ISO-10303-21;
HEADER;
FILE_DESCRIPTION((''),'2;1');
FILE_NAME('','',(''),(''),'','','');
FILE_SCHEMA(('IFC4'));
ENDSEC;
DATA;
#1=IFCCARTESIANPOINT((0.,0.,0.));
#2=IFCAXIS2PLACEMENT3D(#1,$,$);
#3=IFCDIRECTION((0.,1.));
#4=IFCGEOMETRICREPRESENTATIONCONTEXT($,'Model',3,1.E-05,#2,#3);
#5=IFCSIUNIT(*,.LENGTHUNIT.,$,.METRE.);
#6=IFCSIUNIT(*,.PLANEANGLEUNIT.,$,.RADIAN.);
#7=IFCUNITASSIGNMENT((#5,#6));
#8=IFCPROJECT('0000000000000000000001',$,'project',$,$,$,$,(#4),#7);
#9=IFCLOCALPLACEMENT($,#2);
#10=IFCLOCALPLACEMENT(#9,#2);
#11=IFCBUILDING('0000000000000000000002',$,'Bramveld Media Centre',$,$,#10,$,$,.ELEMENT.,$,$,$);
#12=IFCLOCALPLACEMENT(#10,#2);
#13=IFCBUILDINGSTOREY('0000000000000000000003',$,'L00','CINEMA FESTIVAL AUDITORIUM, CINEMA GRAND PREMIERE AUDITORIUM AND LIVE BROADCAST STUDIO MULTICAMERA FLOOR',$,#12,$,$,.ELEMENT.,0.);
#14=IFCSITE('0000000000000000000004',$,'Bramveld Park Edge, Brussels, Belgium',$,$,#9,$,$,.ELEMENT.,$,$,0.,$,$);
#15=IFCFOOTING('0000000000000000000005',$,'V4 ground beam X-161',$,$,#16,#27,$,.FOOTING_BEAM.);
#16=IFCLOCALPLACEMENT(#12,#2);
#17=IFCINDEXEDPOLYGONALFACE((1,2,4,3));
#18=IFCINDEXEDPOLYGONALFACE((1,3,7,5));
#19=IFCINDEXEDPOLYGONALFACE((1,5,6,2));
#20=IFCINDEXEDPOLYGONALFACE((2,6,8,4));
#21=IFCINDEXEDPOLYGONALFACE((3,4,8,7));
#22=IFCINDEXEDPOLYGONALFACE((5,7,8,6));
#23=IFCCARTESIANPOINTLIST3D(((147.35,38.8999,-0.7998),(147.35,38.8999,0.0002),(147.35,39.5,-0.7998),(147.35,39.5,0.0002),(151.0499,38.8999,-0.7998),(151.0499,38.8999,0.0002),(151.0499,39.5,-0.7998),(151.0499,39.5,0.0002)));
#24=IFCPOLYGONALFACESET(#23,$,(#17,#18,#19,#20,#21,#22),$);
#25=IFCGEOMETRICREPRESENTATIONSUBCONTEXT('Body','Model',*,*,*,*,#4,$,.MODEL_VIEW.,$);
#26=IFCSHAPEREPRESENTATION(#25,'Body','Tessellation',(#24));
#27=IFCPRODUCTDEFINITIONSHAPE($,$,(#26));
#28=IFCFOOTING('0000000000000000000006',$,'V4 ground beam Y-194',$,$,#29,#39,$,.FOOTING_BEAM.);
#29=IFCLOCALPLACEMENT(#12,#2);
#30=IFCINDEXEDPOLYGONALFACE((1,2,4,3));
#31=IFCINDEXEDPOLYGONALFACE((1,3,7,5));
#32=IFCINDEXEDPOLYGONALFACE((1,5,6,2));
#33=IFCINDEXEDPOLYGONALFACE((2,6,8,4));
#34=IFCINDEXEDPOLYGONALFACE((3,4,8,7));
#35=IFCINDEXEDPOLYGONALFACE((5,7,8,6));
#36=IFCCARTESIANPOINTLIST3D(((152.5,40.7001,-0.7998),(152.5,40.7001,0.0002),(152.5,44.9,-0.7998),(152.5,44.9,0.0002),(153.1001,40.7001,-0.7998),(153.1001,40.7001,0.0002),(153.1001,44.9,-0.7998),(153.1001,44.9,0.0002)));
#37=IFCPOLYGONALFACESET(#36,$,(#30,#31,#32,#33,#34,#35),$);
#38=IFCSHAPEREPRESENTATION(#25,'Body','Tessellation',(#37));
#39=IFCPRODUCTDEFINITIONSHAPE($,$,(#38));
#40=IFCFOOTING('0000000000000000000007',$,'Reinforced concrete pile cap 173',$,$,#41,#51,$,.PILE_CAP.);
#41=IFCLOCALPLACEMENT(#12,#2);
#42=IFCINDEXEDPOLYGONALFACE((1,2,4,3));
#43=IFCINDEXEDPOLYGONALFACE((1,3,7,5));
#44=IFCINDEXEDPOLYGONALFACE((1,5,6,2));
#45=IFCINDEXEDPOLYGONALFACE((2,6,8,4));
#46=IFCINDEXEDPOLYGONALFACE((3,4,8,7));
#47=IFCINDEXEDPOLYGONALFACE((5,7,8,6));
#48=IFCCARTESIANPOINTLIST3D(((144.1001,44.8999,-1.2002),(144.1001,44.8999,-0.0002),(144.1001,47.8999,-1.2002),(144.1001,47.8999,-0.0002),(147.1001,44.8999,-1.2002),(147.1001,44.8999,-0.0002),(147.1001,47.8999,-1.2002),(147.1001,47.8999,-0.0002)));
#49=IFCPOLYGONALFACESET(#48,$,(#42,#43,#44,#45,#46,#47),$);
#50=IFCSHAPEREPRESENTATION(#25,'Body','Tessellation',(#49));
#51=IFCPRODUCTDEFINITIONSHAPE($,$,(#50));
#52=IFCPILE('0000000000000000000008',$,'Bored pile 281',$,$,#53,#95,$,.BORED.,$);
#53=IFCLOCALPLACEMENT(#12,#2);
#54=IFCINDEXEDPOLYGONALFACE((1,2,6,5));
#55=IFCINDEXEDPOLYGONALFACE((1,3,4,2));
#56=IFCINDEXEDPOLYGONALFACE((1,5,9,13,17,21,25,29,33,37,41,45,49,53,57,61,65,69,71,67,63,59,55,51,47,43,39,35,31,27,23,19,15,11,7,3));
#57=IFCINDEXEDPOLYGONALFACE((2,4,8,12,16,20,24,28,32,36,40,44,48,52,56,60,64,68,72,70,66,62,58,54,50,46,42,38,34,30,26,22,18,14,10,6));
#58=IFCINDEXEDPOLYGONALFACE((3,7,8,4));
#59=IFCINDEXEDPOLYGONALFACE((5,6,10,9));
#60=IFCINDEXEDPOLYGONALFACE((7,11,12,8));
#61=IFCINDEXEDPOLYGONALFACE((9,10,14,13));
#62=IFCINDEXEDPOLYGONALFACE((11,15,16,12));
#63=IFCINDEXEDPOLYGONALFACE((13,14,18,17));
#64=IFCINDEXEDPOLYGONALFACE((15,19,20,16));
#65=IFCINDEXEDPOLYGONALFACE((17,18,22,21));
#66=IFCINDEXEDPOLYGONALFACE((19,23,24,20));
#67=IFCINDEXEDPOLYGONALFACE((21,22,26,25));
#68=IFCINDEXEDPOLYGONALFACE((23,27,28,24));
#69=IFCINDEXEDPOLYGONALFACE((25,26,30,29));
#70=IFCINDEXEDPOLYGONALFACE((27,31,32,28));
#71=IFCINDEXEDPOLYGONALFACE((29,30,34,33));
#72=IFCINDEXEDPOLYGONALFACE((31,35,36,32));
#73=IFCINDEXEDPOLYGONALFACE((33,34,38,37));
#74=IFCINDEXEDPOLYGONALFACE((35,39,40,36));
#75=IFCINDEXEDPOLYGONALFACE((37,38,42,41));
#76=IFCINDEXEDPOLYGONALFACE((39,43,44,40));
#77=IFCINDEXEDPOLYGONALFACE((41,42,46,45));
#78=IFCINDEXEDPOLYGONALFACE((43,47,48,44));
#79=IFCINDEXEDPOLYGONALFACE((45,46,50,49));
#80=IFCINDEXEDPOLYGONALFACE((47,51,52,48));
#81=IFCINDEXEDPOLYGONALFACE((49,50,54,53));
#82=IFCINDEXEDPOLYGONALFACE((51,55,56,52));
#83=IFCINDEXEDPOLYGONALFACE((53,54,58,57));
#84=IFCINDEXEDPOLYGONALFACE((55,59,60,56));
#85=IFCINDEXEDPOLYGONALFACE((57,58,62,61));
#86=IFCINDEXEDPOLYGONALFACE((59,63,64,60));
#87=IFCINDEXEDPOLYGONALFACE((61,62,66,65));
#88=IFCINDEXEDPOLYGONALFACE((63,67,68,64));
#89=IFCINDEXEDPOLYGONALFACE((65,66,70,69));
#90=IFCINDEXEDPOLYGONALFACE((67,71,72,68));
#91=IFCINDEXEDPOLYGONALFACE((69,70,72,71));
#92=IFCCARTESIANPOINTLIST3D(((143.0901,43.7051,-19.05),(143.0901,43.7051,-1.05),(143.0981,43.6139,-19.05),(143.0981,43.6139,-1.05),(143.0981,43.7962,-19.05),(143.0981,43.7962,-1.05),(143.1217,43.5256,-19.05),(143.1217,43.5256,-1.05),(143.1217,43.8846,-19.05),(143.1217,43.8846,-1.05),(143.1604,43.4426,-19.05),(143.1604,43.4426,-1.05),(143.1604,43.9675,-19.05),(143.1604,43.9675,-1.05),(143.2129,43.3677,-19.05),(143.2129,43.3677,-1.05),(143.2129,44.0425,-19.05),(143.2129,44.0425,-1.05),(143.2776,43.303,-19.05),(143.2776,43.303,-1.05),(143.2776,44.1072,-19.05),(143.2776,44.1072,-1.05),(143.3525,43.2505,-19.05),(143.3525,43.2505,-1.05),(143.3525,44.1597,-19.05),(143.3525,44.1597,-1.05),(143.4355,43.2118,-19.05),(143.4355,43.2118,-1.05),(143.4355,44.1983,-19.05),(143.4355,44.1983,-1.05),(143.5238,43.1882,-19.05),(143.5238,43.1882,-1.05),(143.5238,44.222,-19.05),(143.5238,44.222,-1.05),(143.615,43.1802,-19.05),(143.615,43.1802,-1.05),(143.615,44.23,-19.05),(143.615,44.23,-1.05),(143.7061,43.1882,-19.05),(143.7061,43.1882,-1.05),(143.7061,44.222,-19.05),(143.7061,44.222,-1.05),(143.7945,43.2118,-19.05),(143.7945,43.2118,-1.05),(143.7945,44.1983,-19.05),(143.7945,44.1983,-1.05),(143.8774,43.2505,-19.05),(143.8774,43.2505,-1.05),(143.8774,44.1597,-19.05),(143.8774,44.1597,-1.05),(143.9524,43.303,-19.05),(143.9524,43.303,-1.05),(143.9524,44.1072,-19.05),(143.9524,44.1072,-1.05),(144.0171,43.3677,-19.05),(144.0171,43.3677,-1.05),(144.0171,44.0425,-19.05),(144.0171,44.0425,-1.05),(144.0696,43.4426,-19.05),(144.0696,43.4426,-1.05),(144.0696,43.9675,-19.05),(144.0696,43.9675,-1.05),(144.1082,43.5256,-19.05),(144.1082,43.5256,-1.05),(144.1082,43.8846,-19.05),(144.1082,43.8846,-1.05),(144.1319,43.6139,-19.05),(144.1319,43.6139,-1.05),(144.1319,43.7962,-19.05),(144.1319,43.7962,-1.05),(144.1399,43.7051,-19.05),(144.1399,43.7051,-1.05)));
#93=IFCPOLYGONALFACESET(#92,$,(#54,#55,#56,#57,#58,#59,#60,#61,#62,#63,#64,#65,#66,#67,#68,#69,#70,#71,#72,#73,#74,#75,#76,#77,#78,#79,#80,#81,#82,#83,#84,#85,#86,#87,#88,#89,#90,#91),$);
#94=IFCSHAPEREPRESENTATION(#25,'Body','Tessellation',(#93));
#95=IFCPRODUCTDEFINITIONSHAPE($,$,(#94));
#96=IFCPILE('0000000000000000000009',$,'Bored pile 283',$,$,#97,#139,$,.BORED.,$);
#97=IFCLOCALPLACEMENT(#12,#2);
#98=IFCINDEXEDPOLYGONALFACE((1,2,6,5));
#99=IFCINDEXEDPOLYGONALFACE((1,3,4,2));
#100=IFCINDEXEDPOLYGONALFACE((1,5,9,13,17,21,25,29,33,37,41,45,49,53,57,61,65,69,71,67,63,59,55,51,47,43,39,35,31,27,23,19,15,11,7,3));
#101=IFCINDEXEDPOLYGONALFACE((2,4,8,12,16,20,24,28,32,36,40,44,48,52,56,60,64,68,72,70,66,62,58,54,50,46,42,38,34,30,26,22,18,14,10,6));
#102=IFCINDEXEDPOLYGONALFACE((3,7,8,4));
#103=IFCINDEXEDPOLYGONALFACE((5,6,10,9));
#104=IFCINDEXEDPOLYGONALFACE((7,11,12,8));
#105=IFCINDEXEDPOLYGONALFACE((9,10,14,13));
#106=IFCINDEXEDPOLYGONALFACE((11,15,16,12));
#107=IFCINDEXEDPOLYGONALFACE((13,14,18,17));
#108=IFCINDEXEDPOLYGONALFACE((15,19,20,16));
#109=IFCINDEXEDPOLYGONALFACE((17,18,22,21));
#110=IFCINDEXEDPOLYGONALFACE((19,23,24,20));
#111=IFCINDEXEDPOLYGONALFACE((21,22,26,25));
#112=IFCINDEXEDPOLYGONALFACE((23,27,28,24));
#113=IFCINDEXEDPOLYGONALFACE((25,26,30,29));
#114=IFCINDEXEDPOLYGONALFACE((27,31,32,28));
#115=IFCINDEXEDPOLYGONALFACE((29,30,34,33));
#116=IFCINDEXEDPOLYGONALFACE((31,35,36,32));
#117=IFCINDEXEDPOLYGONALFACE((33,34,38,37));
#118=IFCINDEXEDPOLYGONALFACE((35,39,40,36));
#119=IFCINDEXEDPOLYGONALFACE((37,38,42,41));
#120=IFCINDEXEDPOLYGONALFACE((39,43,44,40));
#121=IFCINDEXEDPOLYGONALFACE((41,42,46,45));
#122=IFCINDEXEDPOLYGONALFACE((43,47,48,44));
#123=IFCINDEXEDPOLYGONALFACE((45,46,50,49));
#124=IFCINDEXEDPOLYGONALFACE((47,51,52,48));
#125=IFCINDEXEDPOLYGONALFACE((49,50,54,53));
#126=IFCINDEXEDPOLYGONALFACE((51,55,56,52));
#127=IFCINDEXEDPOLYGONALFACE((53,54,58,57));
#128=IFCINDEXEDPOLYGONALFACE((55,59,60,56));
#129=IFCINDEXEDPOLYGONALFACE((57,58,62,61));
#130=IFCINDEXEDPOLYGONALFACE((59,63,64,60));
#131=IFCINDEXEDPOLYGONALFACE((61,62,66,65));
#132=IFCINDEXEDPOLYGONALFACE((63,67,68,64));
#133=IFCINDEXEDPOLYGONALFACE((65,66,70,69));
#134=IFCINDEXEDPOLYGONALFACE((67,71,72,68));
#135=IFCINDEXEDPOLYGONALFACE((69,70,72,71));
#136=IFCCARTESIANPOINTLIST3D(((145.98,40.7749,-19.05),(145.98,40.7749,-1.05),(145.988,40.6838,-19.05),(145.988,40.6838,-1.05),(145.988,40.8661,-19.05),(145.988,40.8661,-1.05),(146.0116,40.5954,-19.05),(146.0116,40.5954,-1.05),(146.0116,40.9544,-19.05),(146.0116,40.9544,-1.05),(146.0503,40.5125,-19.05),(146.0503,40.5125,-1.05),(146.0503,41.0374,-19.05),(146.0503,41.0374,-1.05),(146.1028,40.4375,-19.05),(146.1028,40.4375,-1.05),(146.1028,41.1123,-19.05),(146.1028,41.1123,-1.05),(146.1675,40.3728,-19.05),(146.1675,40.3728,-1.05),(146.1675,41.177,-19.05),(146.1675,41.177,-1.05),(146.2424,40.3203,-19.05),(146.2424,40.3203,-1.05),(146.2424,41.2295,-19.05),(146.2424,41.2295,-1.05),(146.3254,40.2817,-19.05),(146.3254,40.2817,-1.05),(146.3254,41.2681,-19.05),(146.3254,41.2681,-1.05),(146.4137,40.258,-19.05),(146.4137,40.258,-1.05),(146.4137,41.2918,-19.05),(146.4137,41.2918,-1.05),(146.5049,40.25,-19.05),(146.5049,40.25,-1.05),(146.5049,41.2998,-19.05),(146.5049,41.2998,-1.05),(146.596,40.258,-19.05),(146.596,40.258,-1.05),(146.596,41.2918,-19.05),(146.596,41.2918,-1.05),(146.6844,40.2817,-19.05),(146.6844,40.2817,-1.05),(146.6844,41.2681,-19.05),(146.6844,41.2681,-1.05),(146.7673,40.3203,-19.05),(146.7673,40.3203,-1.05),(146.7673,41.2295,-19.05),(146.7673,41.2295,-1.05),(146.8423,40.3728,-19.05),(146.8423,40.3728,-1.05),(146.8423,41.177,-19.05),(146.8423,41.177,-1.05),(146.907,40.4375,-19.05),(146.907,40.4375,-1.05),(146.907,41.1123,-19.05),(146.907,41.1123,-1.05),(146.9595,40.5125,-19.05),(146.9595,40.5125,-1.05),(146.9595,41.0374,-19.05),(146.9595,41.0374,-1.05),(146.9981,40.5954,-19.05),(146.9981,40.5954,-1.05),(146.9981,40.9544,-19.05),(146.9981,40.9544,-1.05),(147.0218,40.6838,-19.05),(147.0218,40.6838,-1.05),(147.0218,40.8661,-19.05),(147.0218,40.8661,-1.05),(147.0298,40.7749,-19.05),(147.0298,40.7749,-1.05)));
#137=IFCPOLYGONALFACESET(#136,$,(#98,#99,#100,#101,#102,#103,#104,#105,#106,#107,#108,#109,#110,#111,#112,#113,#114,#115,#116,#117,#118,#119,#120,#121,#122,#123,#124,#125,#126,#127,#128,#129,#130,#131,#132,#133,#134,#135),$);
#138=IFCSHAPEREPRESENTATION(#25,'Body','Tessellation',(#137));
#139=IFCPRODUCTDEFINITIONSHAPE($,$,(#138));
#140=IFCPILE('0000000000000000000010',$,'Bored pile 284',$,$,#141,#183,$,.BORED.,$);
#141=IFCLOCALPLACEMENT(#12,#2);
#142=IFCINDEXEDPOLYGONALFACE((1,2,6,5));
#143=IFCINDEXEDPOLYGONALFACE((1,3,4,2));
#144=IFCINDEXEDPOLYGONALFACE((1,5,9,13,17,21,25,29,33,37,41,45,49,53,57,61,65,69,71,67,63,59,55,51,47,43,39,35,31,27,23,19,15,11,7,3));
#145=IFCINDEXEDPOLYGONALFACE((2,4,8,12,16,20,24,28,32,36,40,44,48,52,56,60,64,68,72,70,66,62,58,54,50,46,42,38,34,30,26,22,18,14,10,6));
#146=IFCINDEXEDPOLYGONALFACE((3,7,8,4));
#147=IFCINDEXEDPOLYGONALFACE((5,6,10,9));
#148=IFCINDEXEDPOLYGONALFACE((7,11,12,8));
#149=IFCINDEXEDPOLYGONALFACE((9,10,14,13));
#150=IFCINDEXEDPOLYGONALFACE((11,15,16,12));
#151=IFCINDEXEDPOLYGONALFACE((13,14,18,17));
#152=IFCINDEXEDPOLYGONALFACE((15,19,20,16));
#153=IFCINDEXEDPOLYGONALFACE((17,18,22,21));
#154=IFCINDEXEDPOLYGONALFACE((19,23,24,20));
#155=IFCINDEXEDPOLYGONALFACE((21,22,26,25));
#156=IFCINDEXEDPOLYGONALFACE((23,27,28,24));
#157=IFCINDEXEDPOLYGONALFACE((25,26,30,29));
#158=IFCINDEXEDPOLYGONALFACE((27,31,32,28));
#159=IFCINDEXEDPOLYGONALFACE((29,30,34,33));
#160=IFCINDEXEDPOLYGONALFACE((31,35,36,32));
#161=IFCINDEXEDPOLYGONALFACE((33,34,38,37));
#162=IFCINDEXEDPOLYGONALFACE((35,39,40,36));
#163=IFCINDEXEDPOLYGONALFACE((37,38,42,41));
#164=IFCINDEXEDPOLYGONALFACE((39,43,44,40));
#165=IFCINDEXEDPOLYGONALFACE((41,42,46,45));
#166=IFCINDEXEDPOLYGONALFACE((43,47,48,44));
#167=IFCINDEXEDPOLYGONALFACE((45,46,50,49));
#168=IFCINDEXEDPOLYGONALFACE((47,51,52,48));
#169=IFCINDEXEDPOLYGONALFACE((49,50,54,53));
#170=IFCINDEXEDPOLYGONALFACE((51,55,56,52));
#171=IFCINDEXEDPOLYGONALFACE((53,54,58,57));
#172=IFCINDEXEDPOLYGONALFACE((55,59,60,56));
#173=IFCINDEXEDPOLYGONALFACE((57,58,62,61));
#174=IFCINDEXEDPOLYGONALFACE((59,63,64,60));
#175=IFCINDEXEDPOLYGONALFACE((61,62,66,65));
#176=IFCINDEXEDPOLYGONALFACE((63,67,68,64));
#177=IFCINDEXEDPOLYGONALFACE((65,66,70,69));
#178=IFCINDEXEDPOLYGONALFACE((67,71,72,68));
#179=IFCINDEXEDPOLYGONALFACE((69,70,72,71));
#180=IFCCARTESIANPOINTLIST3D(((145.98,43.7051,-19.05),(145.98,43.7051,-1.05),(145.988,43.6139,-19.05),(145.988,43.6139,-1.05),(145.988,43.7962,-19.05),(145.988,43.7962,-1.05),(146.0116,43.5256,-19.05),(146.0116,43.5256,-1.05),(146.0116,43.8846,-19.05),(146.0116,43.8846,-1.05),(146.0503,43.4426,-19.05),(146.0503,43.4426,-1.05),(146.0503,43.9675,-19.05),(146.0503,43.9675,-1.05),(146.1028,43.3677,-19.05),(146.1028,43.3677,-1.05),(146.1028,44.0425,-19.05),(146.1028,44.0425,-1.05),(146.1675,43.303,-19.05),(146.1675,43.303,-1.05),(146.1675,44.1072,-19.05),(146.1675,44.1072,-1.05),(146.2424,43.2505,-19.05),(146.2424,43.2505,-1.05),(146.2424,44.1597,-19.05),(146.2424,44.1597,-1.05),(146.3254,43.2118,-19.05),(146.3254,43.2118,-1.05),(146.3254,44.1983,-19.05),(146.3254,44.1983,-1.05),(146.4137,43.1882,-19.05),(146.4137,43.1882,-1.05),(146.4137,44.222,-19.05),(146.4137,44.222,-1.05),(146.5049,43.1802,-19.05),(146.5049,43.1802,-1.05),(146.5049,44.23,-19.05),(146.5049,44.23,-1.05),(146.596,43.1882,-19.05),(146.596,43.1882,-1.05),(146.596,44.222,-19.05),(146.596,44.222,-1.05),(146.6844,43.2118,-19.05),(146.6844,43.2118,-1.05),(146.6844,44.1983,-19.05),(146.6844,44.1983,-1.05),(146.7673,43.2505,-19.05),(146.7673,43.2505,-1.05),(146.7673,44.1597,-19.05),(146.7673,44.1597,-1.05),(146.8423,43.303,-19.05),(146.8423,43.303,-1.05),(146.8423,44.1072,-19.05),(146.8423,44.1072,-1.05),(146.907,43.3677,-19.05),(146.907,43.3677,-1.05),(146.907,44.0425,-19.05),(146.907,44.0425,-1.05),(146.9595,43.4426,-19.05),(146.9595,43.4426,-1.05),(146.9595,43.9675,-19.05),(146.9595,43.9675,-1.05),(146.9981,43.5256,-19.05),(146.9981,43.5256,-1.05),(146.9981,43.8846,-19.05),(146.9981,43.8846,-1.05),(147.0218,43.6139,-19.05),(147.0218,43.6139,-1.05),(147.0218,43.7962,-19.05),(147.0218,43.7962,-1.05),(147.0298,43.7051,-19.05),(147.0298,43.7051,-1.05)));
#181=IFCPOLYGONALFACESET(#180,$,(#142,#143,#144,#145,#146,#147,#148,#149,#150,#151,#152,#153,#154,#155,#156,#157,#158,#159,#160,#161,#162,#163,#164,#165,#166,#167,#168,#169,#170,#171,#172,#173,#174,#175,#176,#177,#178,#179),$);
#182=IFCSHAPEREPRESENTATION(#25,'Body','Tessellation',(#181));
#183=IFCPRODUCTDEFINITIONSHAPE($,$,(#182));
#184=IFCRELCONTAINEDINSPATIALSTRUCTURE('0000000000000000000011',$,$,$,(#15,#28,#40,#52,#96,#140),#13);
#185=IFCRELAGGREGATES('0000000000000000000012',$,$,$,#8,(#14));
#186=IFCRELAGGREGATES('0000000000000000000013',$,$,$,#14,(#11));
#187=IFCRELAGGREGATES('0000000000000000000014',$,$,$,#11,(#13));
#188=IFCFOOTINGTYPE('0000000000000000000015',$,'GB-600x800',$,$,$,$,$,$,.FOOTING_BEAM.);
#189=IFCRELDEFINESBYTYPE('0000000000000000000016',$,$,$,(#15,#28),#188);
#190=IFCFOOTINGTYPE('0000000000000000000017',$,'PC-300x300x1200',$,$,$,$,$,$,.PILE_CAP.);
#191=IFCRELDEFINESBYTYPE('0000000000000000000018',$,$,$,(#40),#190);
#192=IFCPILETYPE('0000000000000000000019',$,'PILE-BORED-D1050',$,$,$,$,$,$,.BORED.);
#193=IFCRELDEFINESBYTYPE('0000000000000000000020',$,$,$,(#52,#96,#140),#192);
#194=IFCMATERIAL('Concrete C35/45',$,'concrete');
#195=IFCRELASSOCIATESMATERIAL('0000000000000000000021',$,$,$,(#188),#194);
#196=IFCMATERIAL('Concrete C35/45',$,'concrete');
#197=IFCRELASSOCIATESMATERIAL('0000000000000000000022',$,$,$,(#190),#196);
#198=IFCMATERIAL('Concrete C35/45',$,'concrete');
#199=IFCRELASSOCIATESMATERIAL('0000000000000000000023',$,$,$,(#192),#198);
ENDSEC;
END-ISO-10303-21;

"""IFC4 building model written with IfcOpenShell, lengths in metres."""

from ifc_helpers import new_model, si_unit, direction, frame, origin, origin_2d, place, context, subcontext, project, spatial, rectangle, circle, extrude, material, material_profile, profile_set, type_object, element, save


model = new_model("IFC4")

# Units and contexts
model_context = context("Model", 3, precision=1e-05, world=origin(), true_north=direction((0.0, 1.0)))
body_context = subcontext(model_context, "Body", "Model", "MODEL_VIEW")
ifc_project = project(units=[si_unit("LENGTHUNIT", "METRE"), si_unit("PLANEANGLEUNIT", "RADIAN")], contexts=[model_context])

# Site, building, storey
site_placement = place(None, origin())
site = spatial("IfcSite", under=ifc_project, at=site_placement, Name="Bramveld Park Edge, Brussels, Belgium", CompositionType="ELEMENT", RefElevation=0.0)
building_placement = place(site_placement, origin())
building = spatial("IfcBuilding", under=site, at=building_placement, Name="Bramveld Media Centre", CompositionType="ELEMENT")
storey_placement = place(building_placement, origin())
storey = spatial("IfcBuildingStorey", under=building, at=storey_placement, Name="L00", Description="CINEMA FESTIVAL AUDITORIUM, CINEMA GRAND PREMIERE AUDITORIUM AND LIVE BROADCAST STUDIO MULTICAMERA FLOOR", CompositionType="ELEMENT", Elevation=0.0)

# Footings
ifc_material_1 = material(Name="Concrete C35/45", Category="concrete")
footing_type_1 = type_object("IfcFootingType", Name="GB-600x800", PredefinedType="FOOTING_BEAM", material=ifc_material_1)
footing_1_placement = place(storey_placement, frame((149.2, 39.2, -0.7998), z_axis=(0.0, 0.0, 1.0), x_axis=(1.0, 0.0, 0.0)))
element("IfcFooting", 1, at=footing_1_placement, inside=storey, type_object=footing_type_1, Name="V4 ground beam X-161", PredefinedType="FOOTING_BEAM", context=body_context, shape_type="SweptSolid", body=[
    extrude(rectangle(XDim=3.7, YDim=0.6001, at=origin_2d()), origin(), (0.0, 0.0, 1.0), 0.8),
])
footing_2_placement = place(storey_placement, frame((152.8, 42.8, -0.7998), z_axis=(0.0, 0.0, 1.0), x_axis=(1.0, 0.0, 0.0)))
element("IfcFooting", 2, at=footing_2_placement, inside=storey, type_object=footing_type_1, Name="V4 ground beam Y-194", PredefinedType="FOOTING_BEAM", context=body_context, shape_type="SweptSolid", body=[
    extrude(rectangle(XDim=0.6001, YDim=4.2, at=origin_2d()), origin(), (0.0, 0.0, 1.0), 0.8),
])
ifc_material_2 = material(Name="Concrete C35/45", Category="concrete")
footing_type_2 = type_object("IfcFootingType", Name="PC-300x300x1200", PredefinedType="PILE_CAP", material=ifc_material_2)
footing_3_placement = place(storey_placement, frame((145.6001, 46.3999, -1.2002), z_axis=(0.0, 0.0, 1.0), x_axis=(1.0, 0.0, 0.0)))
element("IfcFooting", 3, at=footing_3_placement, inside=storey, type_object=footing_type_2, Name="Reinforced concrete pile cap 173", PredefinedType="PILE_CAP", context=body_context, shape_type="SweptSolid", body=[
    extrude(rectangle(XDim=3.0, YDim=3.0, at=origin_2d()), origin(), (0.0, 0.0, 1.0), 1.2),
])

# Piles
ifc_material_3 = material(Name="Concrete C35/45", Category="concrete")
ifc_material_profile_1 = material_profile(ifc_material_3, circle(Radius=0.5249, at=origin_2d()), Name="BORED D1050")
ifc_profile_set_1 = profile_set([ifc_material_profile_1], Name="Concrete C35/45")
pile_type_1 = type_object("IfcPileType", Name="PILE-BORED-D1050", PredefinedType="BORED", material=ifc_profile_set_1)
for number, where, z_axis, x_axis, name in (
    (4, (143.615, 43.7051, -1.05), (0.0, 0.0, -1.0), (1.0, 0.0, 0.0), "Bored pile 281"),
    (5, (146.5049, 40.7749, -1.05), (0.0, 0.0, -1.0), (1.0, 0.0, 0.0), "Bored pile 283"),
    (6, (146.5049, 43.7051, -1.05), (0.0, 0.0, -1.0), (1.0, 0.0, 0.0), "Bored pile 284"),
):
    element("IfcPile", number, at=place(storey_placement, frame(where, z_axis=z_axis, x_axis=x_axis)), inside=storey, type_object=pile_type_1, Name=name, PredefinedType="BORED", context=body_context, shape_type="SweptSolid", body=[
        extrude(circle(Radius=0.5249, at=origin_2d()), origin(), (0.0, 0.0, 1.0), 18.0),
    ])

save(model, "model.ifc")
